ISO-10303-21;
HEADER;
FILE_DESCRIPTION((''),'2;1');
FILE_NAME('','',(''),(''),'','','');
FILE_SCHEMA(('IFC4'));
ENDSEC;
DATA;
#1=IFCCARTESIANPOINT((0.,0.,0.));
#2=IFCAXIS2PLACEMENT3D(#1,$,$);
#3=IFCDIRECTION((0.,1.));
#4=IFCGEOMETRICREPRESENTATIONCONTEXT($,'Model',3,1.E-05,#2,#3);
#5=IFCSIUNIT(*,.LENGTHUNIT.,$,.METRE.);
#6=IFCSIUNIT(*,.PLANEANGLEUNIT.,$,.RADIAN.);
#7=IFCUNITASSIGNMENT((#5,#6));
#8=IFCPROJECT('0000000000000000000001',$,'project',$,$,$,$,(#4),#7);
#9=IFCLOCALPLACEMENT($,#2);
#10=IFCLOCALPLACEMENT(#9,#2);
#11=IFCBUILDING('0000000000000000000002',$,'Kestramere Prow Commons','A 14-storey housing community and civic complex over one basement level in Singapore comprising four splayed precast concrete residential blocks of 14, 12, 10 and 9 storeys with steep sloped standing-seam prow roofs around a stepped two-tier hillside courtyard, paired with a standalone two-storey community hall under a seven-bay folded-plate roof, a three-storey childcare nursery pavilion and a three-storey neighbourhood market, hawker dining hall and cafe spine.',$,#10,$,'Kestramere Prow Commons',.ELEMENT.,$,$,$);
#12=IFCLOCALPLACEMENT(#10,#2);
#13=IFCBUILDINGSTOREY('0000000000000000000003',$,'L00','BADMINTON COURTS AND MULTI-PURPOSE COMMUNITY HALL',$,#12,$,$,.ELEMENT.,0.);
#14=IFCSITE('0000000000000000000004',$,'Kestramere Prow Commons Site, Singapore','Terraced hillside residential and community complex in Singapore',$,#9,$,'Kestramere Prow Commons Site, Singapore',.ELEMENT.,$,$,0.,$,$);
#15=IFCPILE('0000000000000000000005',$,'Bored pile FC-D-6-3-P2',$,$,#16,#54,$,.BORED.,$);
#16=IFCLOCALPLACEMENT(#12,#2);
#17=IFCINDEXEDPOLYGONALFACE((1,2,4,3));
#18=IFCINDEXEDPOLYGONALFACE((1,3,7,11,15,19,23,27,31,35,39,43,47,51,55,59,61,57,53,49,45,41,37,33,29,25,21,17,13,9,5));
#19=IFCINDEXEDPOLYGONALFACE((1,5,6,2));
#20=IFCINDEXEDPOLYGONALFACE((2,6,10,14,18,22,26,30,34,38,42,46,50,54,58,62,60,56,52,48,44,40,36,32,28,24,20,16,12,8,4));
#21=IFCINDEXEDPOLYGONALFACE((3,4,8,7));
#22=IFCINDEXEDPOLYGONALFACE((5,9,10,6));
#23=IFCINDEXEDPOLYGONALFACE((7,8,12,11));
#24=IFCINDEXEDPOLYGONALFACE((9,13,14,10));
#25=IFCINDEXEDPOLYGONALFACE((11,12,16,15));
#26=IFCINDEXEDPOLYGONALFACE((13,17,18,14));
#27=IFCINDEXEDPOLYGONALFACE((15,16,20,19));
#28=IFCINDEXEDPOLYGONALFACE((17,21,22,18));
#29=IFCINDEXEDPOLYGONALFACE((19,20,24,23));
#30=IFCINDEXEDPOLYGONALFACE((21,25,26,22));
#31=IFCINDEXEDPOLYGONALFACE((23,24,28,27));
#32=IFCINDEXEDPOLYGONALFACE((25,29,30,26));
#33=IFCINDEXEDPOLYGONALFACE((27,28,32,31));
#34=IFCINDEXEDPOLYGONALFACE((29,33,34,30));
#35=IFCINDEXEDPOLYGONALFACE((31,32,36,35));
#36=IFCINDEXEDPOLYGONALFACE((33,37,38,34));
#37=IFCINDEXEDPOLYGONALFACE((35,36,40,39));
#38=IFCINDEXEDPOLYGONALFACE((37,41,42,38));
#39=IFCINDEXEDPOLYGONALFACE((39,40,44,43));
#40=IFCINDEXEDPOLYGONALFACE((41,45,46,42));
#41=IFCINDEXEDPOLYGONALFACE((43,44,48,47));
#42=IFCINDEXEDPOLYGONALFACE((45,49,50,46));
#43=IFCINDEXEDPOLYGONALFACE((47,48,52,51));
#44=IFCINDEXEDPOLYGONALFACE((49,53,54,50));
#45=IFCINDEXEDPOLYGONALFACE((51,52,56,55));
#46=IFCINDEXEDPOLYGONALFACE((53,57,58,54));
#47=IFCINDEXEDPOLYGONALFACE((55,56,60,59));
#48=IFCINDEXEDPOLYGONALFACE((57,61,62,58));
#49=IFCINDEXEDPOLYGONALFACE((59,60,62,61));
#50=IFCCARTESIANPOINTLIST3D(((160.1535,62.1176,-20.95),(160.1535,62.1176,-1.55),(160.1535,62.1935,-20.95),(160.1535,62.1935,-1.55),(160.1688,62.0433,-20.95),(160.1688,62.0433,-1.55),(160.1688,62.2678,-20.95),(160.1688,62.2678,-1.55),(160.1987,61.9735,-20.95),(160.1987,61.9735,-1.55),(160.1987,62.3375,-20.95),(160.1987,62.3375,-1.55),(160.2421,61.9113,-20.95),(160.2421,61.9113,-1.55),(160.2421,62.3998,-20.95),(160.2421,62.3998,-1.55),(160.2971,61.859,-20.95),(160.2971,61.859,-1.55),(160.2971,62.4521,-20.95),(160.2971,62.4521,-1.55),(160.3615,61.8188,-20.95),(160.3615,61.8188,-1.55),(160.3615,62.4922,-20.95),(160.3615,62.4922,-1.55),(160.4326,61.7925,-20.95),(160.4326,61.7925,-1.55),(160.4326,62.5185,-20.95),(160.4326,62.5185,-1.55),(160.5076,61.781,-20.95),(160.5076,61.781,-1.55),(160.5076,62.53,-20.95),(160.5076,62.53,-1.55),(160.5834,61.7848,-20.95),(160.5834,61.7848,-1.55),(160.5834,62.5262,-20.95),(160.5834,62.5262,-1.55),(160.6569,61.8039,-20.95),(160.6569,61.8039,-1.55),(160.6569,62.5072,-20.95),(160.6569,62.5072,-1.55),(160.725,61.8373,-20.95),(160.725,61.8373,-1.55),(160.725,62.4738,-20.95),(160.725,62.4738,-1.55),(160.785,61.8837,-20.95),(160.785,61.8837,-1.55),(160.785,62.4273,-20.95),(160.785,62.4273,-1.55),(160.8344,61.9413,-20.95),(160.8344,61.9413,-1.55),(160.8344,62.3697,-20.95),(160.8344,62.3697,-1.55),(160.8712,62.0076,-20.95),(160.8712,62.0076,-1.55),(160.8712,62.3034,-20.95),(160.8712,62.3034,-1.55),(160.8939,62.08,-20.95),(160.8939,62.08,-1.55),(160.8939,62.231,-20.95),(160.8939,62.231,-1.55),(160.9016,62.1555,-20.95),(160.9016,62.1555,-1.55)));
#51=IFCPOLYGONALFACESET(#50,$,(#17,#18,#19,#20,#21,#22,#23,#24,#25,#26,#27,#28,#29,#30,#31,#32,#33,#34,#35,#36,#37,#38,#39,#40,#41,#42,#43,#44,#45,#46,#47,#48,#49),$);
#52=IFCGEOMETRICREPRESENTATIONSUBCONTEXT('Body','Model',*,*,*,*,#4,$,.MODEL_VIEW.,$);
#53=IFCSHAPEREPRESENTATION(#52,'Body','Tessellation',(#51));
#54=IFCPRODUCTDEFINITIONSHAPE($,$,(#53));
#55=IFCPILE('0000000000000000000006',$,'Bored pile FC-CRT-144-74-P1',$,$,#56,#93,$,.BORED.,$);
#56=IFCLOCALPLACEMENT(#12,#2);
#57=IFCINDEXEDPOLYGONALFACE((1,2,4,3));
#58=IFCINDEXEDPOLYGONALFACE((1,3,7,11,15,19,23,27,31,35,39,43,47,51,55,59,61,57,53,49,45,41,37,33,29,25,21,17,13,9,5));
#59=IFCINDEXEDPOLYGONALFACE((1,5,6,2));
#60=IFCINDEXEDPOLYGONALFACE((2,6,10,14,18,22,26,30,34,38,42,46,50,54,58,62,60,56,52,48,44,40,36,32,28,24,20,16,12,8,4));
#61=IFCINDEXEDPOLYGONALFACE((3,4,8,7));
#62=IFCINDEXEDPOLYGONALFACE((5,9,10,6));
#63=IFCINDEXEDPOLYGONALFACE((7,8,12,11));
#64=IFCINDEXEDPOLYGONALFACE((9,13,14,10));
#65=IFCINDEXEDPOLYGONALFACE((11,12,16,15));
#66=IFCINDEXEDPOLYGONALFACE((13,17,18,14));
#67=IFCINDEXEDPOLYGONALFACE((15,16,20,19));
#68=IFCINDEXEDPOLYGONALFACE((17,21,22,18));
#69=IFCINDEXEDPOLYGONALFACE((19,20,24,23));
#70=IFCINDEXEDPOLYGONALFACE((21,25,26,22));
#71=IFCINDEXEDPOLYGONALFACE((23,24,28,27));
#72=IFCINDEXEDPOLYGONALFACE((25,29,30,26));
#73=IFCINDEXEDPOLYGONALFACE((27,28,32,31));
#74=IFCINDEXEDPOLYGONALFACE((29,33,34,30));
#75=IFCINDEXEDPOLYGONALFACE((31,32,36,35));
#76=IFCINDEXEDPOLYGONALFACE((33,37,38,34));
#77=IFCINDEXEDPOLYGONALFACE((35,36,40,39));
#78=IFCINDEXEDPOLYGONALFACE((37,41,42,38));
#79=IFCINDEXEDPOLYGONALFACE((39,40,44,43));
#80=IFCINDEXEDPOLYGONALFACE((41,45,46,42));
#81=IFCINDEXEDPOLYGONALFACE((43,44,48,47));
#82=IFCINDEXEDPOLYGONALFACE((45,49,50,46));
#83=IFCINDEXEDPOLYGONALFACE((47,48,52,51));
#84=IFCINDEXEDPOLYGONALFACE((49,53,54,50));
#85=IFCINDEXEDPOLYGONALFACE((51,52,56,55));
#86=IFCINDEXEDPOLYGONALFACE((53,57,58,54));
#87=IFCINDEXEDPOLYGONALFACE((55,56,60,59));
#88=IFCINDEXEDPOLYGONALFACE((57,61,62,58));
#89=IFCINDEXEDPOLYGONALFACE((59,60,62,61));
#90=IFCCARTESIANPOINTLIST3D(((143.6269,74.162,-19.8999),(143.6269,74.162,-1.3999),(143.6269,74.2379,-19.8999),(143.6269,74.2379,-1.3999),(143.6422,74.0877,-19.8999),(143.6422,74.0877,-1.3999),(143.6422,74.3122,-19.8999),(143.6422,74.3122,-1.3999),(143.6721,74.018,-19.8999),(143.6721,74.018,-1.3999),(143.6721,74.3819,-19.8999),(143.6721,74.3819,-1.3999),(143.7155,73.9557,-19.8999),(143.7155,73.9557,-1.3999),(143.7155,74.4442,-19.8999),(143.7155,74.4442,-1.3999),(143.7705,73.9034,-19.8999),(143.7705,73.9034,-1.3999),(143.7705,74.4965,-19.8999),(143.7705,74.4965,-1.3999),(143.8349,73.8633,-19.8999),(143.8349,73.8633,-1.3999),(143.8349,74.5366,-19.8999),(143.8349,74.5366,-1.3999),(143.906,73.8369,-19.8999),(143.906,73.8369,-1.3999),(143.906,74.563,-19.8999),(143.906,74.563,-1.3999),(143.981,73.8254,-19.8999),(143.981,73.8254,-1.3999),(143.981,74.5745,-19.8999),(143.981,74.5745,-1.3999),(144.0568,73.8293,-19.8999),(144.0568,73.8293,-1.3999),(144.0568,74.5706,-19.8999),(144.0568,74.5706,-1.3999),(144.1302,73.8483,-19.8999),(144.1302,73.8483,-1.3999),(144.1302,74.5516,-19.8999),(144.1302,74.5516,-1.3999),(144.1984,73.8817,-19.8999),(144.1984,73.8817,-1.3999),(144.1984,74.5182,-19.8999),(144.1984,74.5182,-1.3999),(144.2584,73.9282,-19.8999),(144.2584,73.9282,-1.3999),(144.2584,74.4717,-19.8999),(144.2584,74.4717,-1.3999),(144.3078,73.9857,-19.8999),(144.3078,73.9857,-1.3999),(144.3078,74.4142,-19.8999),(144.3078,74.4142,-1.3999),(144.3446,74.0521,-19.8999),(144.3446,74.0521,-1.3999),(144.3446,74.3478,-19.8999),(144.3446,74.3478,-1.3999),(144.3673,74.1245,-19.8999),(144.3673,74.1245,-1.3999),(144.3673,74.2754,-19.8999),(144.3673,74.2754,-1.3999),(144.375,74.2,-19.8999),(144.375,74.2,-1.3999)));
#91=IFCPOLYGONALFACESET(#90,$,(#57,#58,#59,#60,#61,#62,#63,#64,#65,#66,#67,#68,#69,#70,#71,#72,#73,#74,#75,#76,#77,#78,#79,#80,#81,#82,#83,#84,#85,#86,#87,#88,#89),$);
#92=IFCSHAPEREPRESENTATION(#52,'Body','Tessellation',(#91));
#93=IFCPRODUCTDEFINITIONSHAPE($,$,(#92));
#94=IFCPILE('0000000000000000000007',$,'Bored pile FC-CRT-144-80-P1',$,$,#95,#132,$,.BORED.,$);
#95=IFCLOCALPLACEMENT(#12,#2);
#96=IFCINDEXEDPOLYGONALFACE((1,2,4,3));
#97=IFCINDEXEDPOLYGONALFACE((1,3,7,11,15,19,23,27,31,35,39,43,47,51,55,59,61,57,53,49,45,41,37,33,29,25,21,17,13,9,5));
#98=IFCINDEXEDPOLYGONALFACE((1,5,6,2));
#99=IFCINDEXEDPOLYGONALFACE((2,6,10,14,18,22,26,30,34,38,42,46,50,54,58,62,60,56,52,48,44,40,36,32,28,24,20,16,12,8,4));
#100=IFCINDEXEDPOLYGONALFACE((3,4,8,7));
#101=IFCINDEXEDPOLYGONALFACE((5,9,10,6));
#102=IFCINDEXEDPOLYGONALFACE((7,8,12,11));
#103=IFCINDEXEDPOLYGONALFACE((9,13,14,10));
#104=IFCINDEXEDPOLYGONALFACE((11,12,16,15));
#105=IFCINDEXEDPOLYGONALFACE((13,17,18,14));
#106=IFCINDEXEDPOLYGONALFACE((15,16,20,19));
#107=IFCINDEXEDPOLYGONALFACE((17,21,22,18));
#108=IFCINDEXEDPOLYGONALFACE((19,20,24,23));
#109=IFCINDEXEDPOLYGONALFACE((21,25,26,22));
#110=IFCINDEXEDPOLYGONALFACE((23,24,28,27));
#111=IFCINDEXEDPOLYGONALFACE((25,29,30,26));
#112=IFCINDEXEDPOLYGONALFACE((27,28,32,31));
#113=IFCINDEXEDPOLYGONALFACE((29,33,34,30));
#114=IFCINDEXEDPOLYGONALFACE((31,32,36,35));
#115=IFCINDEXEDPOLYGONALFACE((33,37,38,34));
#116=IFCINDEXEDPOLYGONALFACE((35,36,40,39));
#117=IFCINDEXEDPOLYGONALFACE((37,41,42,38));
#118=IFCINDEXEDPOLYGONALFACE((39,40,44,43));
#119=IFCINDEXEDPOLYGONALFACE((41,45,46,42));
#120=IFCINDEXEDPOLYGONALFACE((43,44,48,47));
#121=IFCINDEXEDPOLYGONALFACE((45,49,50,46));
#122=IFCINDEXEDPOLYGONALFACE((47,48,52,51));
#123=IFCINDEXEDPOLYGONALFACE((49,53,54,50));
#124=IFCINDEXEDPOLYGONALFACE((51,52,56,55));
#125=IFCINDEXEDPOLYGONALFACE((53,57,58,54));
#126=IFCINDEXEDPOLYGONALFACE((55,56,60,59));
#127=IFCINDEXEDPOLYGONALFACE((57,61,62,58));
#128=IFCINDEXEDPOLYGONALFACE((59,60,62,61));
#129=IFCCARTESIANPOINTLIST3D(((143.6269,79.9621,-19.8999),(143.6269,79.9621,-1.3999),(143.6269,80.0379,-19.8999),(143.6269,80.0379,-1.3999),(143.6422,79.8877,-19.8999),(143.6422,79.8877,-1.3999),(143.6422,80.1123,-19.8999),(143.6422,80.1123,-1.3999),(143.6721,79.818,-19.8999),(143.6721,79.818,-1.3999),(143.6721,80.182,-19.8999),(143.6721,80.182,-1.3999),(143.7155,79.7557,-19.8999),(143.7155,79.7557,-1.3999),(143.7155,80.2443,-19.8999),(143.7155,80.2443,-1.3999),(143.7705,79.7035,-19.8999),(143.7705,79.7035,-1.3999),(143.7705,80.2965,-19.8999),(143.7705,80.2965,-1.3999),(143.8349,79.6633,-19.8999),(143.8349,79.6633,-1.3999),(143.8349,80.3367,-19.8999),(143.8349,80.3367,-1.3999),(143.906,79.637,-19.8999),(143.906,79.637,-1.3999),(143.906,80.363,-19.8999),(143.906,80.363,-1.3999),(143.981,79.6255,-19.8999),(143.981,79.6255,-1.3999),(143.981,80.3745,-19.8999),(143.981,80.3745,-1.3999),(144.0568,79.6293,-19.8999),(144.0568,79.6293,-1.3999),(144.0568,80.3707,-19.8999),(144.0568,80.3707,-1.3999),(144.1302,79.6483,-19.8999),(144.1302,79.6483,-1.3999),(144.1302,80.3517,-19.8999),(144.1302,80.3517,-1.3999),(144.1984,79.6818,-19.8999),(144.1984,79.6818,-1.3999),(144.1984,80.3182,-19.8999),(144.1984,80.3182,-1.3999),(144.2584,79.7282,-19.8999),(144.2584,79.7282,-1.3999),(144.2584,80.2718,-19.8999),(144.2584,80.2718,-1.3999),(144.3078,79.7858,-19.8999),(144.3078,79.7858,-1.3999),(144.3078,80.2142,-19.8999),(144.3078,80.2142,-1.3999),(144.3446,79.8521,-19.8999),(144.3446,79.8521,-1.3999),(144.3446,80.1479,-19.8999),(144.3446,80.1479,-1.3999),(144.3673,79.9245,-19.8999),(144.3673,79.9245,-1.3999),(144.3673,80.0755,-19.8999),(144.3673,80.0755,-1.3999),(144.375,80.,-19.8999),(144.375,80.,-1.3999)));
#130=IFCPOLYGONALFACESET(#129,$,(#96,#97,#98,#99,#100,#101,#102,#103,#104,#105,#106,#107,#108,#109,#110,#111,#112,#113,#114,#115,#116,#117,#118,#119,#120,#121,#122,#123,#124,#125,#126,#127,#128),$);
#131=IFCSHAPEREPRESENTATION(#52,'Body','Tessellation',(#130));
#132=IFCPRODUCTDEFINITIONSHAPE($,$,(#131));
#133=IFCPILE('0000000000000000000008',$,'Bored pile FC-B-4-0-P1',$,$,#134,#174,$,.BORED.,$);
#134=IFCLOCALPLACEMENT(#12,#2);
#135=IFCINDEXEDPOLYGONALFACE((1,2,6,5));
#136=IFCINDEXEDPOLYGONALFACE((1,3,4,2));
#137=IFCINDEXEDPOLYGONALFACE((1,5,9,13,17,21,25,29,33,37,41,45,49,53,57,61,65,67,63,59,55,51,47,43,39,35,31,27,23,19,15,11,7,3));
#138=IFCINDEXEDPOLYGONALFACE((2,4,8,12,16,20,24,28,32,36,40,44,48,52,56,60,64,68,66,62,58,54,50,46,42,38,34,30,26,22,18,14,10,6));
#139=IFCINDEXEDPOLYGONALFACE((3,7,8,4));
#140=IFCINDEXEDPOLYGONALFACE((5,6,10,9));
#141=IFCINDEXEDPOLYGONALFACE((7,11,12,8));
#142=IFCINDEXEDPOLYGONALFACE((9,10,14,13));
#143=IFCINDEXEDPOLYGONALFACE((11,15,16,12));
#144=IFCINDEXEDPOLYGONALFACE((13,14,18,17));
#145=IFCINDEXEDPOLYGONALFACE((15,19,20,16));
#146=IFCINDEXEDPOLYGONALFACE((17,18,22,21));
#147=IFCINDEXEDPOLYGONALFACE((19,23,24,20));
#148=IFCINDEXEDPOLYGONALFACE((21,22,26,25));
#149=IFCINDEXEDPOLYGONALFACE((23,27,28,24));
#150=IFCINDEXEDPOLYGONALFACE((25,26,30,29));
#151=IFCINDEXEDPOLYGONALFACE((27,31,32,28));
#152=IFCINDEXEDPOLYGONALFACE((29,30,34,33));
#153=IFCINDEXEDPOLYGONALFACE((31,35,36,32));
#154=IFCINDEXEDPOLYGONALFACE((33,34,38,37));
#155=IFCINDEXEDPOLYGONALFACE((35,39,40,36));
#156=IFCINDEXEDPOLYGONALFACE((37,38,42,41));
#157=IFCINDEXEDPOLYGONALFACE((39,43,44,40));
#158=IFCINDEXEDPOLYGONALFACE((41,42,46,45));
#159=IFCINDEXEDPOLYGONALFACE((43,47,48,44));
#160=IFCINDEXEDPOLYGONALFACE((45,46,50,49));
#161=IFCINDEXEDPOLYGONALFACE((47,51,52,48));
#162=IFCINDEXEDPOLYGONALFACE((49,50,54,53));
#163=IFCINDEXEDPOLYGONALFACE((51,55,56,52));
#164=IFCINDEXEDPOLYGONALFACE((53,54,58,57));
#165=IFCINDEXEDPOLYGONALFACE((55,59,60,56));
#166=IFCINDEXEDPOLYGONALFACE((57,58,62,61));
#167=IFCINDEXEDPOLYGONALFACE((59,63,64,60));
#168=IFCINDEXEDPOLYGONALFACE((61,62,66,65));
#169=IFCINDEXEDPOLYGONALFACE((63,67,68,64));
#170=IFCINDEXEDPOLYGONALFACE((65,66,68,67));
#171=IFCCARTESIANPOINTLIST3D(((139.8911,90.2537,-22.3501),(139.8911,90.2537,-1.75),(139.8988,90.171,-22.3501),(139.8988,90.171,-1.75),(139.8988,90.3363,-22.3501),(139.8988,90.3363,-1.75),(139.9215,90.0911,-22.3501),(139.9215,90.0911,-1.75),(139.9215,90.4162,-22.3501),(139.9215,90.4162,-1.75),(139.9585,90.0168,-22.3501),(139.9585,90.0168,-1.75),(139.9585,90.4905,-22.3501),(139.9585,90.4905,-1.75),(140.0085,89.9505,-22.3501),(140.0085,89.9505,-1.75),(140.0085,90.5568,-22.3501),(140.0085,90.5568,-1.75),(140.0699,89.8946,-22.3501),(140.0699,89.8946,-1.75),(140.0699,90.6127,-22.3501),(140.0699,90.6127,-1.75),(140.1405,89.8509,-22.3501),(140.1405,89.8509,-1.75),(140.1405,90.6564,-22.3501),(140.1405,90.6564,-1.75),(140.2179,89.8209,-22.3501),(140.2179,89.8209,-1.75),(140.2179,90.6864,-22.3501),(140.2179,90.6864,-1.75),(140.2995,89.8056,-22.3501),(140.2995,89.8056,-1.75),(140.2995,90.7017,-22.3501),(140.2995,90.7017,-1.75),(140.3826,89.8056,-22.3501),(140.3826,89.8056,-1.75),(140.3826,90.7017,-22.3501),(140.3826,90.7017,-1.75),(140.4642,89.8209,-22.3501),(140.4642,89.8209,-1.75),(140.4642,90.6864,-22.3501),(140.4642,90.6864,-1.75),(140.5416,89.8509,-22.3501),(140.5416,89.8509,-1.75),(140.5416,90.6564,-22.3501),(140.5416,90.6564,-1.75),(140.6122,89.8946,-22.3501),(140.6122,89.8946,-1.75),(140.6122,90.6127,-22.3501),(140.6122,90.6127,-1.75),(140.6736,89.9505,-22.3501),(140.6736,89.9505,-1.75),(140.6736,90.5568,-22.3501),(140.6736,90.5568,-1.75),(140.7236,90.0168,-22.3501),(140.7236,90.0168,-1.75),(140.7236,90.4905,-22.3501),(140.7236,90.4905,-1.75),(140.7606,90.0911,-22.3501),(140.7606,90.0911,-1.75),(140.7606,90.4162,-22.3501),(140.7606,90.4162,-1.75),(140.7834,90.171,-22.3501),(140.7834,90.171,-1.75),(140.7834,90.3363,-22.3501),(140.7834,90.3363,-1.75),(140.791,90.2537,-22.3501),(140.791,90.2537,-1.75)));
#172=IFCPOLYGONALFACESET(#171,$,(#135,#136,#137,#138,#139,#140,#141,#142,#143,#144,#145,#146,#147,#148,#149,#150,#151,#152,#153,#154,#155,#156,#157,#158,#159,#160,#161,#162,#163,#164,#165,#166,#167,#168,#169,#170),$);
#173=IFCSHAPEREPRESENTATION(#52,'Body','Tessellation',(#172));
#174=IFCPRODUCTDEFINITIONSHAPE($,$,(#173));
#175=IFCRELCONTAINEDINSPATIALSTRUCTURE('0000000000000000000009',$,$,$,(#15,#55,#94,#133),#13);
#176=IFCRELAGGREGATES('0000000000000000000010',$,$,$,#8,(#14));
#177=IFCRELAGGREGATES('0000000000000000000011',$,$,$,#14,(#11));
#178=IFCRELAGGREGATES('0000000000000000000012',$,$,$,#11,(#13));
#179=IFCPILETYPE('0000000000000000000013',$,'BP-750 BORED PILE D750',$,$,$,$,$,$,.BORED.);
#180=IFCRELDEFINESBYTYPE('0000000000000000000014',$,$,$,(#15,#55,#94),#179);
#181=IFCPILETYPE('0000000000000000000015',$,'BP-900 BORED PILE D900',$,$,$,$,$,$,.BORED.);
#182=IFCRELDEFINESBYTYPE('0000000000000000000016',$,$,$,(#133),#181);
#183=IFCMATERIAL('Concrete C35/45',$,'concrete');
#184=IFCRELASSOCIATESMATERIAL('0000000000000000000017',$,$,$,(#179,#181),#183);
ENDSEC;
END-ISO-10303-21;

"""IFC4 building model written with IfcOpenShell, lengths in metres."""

from ifc_helpers import new_model, si_unit, direction, frame, origin, origin_2d, place, context, subcontext, project, spatial, circle, extrude, material, material_profile, profile_set, type_object, element, save


model = new_model("IFC4")

# Units and contexts
model_context = context("Model", 3, precision=1e-05, world=origin(), true_north=direction((0.0, 1.0)))
body_context = subcontext(model_context, "Body", "Model", "MODEL_VIEW")
ifc_project = project(units=[si_unit("LENGTHUNIT", "METRE"), si_unit("PLANEANGLEUNIT", "RADIAN")], contexts=[model_context])

# Site, building, storey
site_placement = place(None, origin())
site = spatial("IfcSite", under=ifc_project, at=site_placement, Name="Kestramere Prow Commons Site, Singapore", Description="Terraced hillside residential and community complex in Singapore", LongName="Kestramere Prow Commons Site, Singapore", CompositionType="ELEMENT", RefElevation=0.0)
building_placement = place(site_placement, origin())
building = spatial("IfcBuilding", under=site, at=building_placement, Name="Kestramere Prow Commons", Description="A 14-storey housing community and civic complex over one basement level in Singapore comprising four splayed precast concrete residential blocks of 14, 12, 10 and 9 storeys with steep sloped standing-seam prow roofs around a stepped two-tier hillside courtyard, paired with a standalone two-storey community hall under a seven-bay folded-plate roof, a three-storey childcare nursery pavilion and a three-storey neighbourhood market, hawker dining hall and cafe spine.", LongName="Kestramere Prow Commons", CompositionType="ELEMENT")
storey_placement = place(building_placement, origin())
storey = spatial("IfcBuildingStorey", under=building, at=storey_placement, Name="L00", Description="BADMINTON COURTS AND MULTI-PURPOSE COMMUNITY HALL", CompositionType="ELEMENT", Elevation=0.0)

# Piles
ifc_material_1 = material(Name="Concrete C35/45", Category="concrete")
ifc_material_profile_1 = material_profile(ifc_material_1, circle(Radius=0.375, at=origin_2d()), Name="BORED PILE D750")
ifc_profile_set_1 = profile_set([ifc_material_profile_1], Name="Concrete C35/45")
pile_type_1 = type_object("IfcPileType", Name="BP-750 BORED PILE D750", PredefinedType="BORED", material=ifc_profile_set_1)
pile_placement = place(storey_placement, frame((160.5266, 62.1555, -1.55), z_axis=(0.0, 0.0, -1.0), x_axis=(1.0, 0.0, 0.0)))
element("IfcPile", 1, at=pile_placement, inside=storey, type_object=pile_type_1, Name="Bored pile FC-D-6-3-P2", PredefinedType="BORED", context=body_context, shape_type="SweptSolid", body=[
    extrude(circle(Radius=0.375, at=origin_2d()), origin(), (0.0, 0.0, 1.0), 19.3999),
])
for number, where, z_axis, x_axis, name in (
    (2, (144.0, 74.2, -1.3999), (0.0, 0.0, -1.0), (1.0, 0.0, 0.0), "Bored pile FC-CRT-144-74-P1"),
    (3, (144.0, 80.0, -1.3999), (0.0, 0.0, -1.0), (1.0, 0.0, 0.0), "Bored pile FC-CRT-144-80-P1"),
):
    element("IfcPile", number, at=place(storey_placement, frame(where, z_axis=z_axis, x_axis=x_axis)), inside=storey, type_object=pile_type_1, Name=name, PredefinedType="BORED", context=body_context, shape_type="SweptSolid", body=[
        extrude(circle(Radius=0.375, at=origin_2d()), origin(), (0.0, 0.0, 1.0), 18.5),
    ])
ifc_material_profile_2 = material_profile(ifc_material_1, circle(Radius=0.45, at=origin_2d()), Name="BORED PILE D900")
ifc_profile_set_2 = profile_set([ifc_material_profile_2], Name="Concrete C35/45")
pile_type_2 = type_object("IfcPileType", Name="BP-900 BORED PILE D900", PredefinedType="BORED", material=ifc_profile_set_2)
for number, where, z_axis, x_axis, name in (
    (4, (140.3411, 90.2537, -1.75), (0.0, 0.0, -1.0), (1.0, 0.0, 0.0), "Bored pile FC-B-4-0-P1"),
):
    element("IfcPile", number, at=place(storey_placement, frame(where, z_axis=z_axis, x_axis=x_axis)), inside=storey, type_object=pile_type_2, Name=name, PredefinedType="BORED", context=body_context, shape_type="SweptSolid", body=[
        extrude(circle(Radius=0.45, at=origin_2d()), origin(), (0.0, 0.0, 1.0), 20.6001),
    ])

save(model, "model.ifc")
